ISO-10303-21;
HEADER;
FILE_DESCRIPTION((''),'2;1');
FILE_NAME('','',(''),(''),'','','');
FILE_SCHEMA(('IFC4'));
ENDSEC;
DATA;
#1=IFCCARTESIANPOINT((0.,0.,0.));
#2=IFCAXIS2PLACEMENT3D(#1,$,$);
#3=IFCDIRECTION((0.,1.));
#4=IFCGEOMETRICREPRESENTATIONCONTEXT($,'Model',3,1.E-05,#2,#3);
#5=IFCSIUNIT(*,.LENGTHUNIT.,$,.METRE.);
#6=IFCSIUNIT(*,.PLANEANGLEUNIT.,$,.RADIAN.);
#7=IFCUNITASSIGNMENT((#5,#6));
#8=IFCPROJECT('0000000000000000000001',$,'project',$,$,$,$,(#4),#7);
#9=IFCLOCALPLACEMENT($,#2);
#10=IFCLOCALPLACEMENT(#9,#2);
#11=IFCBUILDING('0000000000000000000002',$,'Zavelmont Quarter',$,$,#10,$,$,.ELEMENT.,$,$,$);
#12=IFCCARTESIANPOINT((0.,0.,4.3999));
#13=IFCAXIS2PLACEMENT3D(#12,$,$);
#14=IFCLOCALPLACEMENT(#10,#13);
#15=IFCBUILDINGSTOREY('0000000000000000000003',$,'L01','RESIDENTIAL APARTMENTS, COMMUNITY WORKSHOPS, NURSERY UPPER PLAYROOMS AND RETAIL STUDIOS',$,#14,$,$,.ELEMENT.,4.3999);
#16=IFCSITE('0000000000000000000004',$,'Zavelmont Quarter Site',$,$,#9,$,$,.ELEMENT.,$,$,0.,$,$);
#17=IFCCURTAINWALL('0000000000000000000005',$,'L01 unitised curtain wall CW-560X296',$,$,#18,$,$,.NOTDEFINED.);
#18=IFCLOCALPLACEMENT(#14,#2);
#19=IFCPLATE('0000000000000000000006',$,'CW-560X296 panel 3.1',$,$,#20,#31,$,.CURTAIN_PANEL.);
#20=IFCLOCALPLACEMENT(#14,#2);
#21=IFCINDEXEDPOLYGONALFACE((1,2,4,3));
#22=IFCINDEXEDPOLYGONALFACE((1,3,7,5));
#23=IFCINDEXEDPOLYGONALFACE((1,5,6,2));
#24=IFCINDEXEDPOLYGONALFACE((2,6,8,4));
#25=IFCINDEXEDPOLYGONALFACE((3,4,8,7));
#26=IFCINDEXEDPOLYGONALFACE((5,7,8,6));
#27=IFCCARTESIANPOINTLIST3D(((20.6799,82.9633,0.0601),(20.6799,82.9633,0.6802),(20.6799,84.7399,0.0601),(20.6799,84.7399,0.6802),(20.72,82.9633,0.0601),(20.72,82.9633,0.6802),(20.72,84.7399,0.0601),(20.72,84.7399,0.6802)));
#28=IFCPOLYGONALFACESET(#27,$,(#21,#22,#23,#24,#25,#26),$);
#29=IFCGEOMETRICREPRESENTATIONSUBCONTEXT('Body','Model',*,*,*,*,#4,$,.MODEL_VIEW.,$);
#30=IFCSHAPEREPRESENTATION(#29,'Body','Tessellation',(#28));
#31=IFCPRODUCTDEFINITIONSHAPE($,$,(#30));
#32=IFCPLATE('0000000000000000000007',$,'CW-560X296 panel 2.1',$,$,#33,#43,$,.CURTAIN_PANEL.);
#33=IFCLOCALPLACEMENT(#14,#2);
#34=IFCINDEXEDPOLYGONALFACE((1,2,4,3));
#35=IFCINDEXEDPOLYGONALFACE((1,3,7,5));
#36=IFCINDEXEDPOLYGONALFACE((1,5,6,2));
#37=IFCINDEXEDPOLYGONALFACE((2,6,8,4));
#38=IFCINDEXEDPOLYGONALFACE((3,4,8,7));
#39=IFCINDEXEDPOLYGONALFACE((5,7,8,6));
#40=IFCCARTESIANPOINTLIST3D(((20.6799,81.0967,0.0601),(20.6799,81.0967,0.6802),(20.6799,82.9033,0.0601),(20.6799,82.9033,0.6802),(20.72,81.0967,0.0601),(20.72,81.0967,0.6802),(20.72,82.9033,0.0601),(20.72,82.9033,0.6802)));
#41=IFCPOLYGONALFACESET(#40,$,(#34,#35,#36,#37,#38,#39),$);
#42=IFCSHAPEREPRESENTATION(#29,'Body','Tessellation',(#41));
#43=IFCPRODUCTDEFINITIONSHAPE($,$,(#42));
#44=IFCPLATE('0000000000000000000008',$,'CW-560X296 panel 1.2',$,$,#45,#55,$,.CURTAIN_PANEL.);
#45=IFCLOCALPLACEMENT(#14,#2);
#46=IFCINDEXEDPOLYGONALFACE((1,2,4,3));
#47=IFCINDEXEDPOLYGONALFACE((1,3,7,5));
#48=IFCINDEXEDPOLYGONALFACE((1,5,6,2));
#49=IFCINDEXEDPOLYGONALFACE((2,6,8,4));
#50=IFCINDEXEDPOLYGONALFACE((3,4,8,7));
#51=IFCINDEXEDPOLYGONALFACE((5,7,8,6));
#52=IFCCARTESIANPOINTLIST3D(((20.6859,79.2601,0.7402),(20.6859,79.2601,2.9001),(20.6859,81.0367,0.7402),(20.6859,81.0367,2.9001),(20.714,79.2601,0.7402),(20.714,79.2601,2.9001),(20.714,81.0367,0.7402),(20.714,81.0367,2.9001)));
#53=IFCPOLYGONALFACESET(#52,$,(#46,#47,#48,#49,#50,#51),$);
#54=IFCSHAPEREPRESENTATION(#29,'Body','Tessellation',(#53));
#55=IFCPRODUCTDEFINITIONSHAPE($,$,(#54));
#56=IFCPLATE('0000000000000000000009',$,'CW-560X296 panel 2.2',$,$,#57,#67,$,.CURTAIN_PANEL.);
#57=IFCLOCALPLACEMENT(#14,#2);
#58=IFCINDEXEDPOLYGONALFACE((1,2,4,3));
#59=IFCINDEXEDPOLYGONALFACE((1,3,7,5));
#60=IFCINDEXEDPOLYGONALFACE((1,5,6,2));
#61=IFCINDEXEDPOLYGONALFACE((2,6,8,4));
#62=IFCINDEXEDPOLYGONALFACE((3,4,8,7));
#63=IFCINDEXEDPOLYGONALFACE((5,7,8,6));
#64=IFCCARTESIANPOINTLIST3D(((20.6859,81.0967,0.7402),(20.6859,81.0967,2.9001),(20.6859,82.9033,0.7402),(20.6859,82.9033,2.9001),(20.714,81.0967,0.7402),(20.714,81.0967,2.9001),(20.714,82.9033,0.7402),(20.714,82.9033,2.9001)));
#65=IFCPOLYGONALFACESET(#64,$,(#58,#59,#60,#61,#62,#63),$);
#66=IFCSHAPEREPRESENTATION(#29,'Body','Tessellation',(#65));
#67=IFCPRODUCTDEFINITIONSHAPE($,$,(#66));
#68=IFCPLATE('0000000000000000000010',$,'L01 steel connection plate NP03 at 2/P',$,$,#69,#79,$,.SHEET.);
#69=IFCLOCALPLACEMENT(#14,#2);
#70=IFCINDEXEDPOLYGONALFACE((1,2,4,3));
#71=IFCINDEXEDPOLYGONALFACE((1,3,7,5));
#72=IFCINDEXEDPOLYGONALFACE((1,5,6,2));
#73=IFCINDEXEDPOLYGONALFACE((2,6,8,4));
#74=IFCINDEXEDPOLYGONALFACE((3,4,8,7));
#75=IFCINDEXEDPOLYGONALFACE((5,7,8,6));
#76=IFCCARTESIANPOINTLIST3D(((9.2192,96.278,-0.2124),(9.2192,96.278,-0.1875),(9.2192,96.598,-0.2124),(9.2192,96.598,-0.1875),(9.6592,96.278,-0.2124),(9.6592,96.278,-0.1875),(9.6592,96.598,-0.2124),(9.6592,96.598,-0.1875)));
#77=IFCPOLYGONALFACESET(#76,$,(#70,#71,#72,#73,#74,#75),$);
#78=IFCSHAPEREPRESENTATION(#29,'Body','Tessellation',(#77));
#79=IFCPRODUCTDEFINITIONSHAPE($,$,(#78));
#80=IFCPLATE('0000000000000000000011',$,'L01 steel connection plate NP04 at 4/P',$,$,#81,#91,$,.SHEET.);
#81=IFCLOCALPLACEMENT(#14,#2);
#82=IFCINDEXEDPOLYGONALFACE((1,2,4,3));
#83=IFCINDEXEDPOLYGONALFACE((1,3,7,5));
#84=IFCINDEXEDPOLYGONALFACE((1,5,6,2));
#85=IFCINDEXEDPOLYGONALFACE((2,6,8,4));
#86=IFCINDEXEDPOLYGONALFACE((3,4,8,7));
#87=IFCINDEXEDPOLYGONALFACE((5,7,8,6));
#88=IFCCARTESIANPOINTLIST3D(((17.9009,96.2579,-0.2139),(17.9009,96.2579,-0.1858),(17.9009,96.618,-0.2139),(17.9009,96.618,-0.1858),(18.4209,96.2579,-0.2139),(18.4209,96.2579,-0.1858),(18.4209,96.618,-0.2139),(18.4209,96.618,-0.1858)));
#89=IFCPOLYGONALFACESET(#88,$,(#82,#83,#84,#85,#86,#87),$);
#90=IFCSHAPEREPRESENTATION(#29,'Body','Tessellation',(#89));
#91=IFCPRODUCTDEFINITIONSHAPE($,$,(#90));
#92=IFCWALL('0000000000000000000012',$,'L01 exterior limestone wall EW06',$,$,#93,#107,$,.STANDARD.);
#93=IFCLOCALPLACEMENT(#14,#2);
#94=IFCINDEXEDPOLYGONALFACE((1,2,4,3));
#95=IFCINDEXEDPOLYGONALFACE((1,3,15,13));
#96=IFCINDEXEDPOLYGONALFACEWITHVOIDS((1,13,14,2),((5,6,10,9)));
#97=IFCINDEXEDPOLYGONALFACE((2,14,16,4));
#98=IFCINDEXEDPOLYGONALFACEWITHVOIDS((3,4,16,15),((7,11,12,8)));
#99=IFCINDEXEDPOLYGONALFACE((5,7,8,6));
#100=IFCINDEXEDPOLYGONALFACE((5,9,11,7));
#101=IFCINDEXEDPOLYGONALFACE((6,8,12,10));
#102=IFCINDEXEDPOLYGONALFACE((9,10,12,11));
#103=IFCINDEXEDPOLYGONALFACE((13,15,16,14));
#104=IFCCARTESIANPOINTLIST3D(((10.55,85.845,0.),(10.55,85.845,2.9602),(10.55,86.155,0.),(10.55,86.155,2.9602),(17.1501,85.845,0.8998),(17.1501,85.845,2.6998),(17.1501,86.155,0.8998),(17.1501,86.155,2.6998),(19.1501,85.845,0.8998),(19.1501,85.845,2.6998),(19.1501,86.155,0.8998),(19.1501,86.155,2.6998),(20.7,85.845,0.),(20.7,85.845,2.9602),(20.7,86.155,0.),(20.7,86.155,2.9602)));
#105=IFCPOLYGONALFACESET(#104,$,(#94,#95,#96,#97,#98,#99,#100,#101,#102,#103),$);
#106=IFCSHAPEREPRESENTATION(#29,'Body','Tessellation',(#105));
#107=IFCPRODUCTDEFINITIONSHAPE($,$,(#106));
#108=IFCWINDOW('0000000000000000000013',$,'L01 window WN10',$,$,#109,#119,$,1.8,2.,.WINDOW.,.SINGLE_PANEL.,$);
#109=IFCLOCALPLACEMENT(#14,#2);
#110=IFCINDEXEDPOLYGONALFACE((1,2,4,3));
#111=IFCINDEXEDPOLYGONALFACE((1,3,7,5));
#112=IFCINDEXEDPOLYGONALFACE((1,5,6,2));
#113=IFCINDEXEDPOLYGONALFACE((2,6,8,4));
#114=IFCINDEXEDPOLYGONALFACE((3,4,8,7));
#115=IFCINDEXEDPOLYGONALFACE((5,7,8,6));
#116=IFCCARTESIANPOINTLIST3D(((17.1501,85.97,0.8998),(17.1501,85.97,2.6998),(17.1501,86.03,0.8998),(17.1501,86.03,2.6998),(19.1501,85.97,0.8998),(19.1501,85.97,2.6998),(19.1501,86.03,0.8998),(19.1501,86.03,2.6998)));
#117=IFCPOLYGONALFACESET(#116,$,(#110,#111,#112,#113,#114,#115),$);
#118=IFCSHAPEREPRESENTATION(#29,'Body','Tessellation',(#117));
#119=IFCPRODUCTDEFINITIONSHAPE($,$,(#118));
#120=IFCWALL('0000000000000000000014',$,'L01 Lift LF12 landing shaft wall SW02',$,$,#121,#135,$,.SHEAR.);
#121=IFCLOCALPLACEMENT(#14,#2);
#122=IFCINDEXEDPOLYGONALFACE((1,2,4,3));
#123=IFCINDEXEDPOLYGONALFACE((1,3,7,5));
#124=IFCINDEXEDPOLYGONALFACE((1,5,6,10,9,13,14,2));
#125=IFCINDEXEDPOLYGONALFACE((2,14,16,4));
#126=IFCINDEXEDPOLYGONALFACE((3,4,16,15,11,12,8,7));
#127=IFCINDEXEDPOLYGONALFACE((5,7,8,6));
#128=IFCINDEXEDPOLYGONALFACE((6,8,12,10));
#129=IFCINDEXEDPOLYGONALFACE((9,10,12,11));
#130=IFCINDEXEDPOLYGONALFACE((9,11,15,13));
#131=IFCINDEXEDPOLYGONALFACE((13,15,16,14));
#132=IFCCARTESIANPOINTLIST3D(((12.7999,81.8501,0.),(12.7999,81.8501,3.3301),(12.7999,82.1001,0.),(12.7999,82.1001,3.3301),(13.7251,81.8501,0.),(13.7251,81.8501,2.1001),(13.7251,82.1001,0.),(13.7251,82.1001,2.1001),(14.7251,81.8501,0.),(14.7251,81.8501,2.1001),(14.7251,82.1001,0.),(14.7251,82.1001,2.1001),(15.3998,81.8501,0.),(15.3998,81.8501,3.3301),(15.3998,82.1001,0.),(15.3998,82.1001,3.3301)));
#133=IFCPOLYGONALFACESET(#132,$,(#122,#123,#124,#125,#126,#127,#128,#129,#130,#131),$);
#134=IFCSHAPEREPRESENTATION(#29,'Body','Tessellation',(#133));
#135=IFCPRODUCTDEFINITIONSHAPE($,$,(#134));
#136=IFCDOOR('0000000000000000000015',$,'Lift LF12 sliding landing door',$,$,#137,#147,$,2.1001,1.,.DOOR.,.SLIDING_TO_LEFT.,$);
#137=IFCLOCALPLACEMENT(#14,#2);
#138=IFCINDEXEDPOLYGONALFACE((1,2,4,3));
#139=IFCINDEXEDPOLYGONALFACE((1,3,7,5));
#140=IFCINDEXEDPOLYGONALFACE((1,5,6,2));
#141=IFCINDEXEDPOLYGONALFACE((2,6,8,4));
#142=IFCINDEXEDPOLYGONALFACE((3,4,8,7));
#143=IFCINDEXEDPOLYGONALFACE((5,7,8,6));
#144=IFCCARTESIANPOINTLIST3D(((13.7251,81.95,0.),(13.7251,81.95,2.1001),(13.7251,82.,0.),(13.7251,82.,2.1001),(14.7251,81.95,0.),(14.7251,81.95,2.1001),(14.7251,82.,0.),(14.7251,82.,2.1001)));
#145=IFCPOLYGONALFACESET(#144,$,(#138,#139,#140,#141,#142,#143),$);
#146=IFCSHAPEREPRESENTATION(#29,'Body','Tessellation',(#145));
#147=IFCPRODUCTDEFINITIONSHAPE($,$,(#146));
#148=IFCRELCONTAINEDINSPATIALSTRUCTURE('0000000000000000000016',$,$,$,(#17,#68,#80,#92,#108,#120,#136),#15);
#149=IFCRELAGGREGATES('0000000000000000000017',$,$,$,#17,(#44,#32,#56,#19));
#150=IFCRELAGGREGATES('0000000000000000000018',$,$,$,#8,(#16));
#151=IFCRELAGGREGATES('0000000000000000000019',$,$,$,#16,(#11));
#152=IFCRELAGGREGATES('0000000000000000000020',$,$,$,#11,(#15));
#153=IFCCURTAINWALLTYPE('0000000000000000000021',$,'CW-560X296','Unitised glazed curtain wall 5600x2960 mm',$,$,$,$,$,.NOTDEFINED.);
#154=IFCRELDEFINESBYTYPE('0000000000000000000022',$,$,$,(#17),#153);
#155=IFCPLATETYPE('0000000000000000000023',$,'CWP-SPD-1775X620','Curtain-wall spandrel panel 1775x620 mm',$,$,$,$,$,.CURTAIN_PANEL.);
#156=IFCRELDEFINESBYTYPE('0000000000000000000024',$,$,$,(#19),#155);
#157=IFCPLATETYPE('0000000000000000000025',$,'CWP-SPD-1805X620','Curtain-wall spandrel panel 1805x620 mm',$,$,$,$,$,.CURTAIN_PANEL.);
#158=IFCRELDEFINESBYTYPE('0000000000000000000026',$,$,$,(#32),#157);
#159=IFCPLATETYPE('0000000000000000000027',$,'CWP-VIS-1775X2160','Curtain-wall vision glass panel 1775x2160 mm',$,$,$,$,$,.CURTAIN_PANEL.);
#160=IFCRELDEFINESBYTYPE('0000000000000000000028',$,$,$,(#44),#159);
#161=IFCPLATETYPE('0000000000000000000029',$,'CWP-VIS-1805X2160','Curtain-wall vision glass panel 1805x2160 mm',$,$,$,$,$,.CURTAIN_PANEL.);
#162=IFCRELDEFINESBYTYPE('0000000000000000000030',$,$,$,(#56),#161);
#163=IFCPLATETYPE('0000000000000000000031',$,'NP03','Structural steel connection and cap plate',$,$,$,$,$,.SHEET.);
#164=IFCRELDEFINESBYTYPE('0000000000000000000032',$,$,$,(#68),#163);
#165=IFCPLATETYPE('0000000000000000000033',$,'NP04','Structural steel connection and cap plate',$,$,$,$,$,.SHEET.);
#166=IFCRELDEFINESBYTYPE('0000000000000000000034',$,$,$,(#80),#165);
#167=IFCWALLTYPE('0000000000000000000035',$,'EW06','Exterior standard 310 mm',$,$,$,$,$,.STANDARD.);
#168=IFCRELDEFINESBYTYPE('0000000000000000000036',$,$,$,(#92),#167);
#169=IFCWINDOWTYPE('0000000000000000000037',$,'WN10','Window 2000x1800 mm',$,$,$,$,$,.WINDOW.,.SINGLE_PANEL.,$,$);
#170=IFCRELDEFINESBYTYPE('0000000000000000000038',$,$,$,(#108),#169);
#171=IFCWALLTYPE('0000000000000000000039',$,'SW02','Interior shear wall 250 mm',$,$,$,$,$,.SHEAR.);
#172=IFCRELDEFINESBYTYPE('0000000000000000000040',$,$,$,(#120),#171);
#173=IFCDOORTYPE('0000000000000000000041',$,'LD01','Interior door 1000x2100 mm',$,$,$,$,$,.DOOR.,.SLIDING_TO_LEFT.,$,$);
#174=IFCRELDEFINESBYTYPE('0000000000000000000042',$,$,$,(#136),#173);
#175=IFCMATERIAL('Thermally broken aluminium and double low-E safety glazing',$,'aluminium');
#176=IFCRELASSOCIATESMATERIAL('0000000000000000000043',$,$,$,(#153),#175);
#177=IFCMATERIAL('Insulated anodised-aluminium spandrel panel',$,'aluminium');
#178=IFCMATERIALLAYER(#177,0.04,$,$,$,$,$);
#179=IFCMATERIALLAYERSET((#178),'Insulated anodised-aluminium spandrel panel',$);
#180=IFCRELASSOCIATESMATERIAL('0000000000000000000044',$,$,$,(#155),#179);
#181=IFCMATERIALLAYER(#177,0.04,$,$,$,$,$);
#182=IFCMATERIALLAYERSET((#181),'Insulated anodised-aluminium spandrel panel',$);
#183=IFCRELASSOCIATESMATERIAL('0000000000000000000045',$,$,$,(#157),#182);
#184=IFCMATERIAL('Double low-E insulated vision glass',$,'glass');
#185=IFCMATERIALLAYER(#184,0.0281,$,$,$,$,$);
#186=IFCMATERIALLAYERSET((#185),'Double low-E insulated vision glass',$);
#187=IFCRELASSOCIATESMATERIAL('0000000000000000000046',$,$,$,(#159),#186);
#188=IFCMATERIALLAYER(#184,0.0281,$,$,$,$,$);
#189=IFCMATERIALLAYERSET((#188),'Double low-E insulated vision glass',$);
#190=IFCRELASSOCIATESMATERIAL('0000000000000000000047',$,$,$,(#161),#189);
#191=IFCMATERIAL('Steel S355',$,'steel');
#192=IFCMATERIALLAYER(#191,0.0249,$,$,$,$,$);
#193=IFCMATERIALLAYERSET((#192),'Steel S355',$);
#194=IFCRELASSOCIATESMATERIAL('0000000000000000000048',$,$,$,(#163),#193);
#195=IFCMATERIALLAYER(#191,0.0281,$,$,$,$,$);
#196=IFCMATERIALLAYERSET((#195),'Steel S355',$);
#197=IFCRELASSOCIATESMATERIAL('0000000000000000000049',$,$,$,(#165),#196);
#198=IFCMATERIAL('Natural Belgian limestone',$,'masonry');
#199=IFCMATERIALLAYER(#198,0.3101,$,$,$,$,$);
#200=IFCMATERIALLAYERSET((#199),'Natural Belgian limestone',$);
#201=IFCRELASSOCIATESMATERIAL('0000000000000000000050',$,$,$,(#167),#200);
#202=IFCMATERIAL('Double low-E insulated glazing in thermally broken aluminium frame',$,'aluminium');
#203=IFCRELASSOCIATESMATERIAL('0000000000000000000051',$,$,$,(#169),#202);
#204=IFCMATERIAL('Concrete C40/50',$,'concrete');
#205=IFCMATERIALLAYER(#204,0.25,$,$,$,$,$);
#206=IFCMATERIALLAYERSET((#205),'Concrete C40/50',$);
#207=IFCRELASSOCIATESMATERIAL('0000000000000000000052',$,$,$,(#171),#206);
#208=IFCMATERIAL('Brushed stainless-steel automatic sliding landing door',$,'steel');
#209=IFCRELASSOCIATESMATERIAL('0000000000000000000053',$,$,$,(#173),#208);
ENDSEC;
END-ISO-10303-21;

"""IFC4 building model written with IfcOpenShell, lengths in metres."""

from ifc_helpers import new_model, si_unit, direction, frame, frame_2d, origin, origin_with_axes, origin_2d, place, context, subcontext, project, spatial, rectangle, extrude, material, layer, layer_set, type_object, element, fill, aggregate, save


model = new_model("IFC4")

# Units and contexts
model_context = context("Model", 3, precision=1e-05, world=origin(), true_north=direction((0.0, 1.0)))
body_context = subcontext(model_context, "Body", "Model", "MODEL_VIEW")
ifc_project = project(units=[si_unit("LENGTHUNIT", "METRE"), si_unit("PLANEANGLEUNIT", "RADIAN")], contexts=[model_context])

# Site, building, storey
site_placement = place(None, origin())
site = spatial("IfcSite", under=ifc_project, at=site_placement, Name="Zavelmont Quarter Site", CompositionType="ELEMENT", RefElevation=0.0)
building_placement = place(site_placement, origin())
building = spatial("IfcBuilding", under=site, at=building_placement, Name="Zavelmont Quarter", CompositionType="ELEMENT")
storey_placement = place(building_placement, frame((0.0, 0.0, 4.3999)))
storey = spatial("IfcBuildingStorey", under=building, at=storey_placement, Name="L01", Description="RESIDENTIAL APARTMENTS, COMMUNITY WORKSHOPS, NURSERY UPPER PLAYROOMS AND RETAIL STUDIOS", CompositionType="ELEMENT", Elevation=4.3999)

# Shared definitions
ifc_material_1 = material(Name="Concrete C40/50", Category="concrete")

# Curtain wall, plates
ifc_material_2 = material(Name="Thermally broken aluminium and double low-E safety glazing", Category="aluminium")
curtain_wall_type = type_object("IfcCurtainWallType", Name="CW-560X296", Description="Unitised glazed curtain wall 5600x2960 mm", PredefinedType="NOTDEFINED", material=ifc_material_2)
curtain_wall_placement = place(storey_placement, origin())
curtain_wall = element("IfcCurtainWall", 1, at=curtain_wall_placement, inside=storey, type_object=curtain_wall_type, Name="L01 unitised curtain wall CW-560X296", PredefinedType="NOTDEFINED")
ifc_material_3 = material(Name="Insulated anodised-aluminium spandrel panel", Category="aluminium")
ifc_layer_1 = layer(ifc_material_3, 0.04)
ifc_layer_set_1 = layer_set([ifc_layer_1], Name="Insulated anodised-aluminium spandrel panel")
plate_type_1 = type_object("IfcPlateType", Name="CWP-SPD-1775X620", Description="Curtain-wall spandrel panel 1775x620 mm", PredefinedType="CURTAIN_PANEL", material=ifc_layer_set_1)
plate_1_placement = place(storey_placement, frame((20.7, 83.8516, 0.0601), z_axis=(0.0, 0.0, 1.0), x_axis=(0.0, 1.0, 0.0)))
plate_1 = element("IfcPlate", 2, at=plate_1_placement, type_object=plate_type_1, Name="CW-560X296 panel 3.1", PredefinedType="CURTAIN_PANEL", context=body_context, shape_type="SweptSolid", body=[
    extrude(rectangle(XDim=1.7766, YDim=0.04, at=origin_2d()), origin(), (0.0, 0.0, 1.0), 0.6201),
])
ifc_layer_2 = layer(ifc_material_3, 0.04)
ifc_layer_set_2 = layer_set([ifc_layer_2], Name="Insulated anodised-aluminium spandrel panel")
plate_type_2 = type_object("IfcPlateType", Name="CWP-SPD-1805X620", Description="Curtain-wall spandrel panel 1805x620 mm", PredefinedType="CURTAIN_PANEL", material=ifc_layer_set_2)
plate_2_placement = place(storey_placement, frame((20.7, 82.0, 0.0601), z_axis=(0.0, 0.0, 1.0), x_axis=(0.0, 1.0, 0.0)))
plate_2 = element("IfcPlate", 3, at=plate_2_placement, type_object=plate_type_2, Name="CW-560X296 panel 2.1", PredefinedType="CURTAIN_PANEL", context=body_context, shape_type="SweptSolid", body=[
    extrude(rectangle(XDim=1.8066, YDim=0.04, at=origin_2d()), origin(), (0.0, 0.0, 1.0), 0.6201),
])
ifc_material_4 = material(Name="Double low-E insulated vision glass", Category="glass")
ifc_layer_3 = layer(ifc_material_4, 0.0281)
ifc_layer_set_3 = layer_set([ifc_layer_3], Name="Double low-E insulated vision glass")
plate_type_3 = type_object("IfcPlateType", Name="CWP-VIS-1775X2160", Description="Curtain-wall vision glass panel 1775x2160 mm", PredefinedType="CURTAIN_PANEL", material=ifc_layer_set_3)
plate_3_placement = place(storey_placement, frame((20.7, 80.1484, 0.7402), z_axis=(0.0, 0.0, 1.0), x_axis=(0.0, 1.0, 0.0)))
plate_3 = element("IfcPlate", 4, at=plate_3_placement, type_object=plate_type_3, Name="CW-560X296 panel 1.2", PredefinedType="CURTAIN_PANEL", context=body_context, shape_type="SweptSolid", body=[
    extrude(rectangle(XDim=1.7766, YDim=0.0281, at=origin_2d()), origin(), (0.0, 0.0, 1.0), 2.1599),
])
ifc_layer_4 = layer(ifc_material_4, 0.0281)
ifc_layer_set_4 = layer_set([ifc_layer_4], Name="Double low-E insulated vision glass")
plate_type_4 = type_object("IfcPlateType", Name="CWP-VIS-1805X2160", Description="Curtain-wall vision glass panel 1805x2160 mm", PredefinedType="CURTAIN_PANEL", material=ifc_layer_set_4)
plate_4_placement = place(storey_placement, frame((20.7, 82.0, 0.7402), z_axis=(0.0, 0.0, 1.0), x_axis=(0.0, 1.0, 0.0)))
plate_4 = element("IfcPlate", 5, at=plate_4_placement, type_object=plate_type_4, Name="CW-560X296 panel 2.2", PredefinedType="CURTAIN_PANEL", context=body_context, shape_type="SweptSolid", body=[
    extrude(rectangle(XDim=1.8066, YDim=0.0281, at=origin_2d()), origin(), (0.0, 0.0, 1.0), 2.1599),
])
aggregate(curtain_wall, [plate_3, plate_2, plate_4, plate_1])

# Plates
ifc_material_5 = material(Name="Steel S355", Category="steel")
ifc_layer_5 = layer(ifc_material_5, 0.0249)
ifc_layer_set_5 = layer_set([ifc_layer_5], Name="Steel S355")
plate_type_5 = type_object("IfcPlateType", Name="NP03", Description="Structural steel connection and cap plate", PredefinedType="SHEET", material=ifc_layer_set_5)
plate_5_placement = place(storey_placement, frame((9.4392, 96.438, -0.2124), z_axis=(0.0, 0.0, 1.0), x_axis=(1.0, 0.0, 0.0)))
element("IfcPlate", 6, at=plate_5_placement, inside=storey, type_object=plate_type_5, Name="L01 steel connection plate NP03 at 2/P", PredefinedType="SHEET", context=body_context, shape_type="SweptSolid", body=[
    extrude(rectangle(XDim=0.4399, YDim=0.3201, at=origin_2d()), origin(), (0.0, 0.0, 1.0), 0.0249),
])
ifc_layer_6 = layer(ifc_material_5, 0.0281)
ifc_layer_set_6 = layer_set([ifc_layer_6], Name="Steel S355")
plate_type_6 = type_object("IfcPlateType", Name="NP04", Description="Structural steel connection and cap plate", PredefinedType="SHEET", material=ifc_layer_set_6)
plate_6_placement = place(storey_placement, frame((18.1609, 96.438, -0.2139), z_axis=(0.0, 0.0, 1.0), x_axis=(1.0, 0.0, 0.0)))
element("IfcPlate", 7, at=plate_6_placement, inside=storey, type_object=plate_type_6, Name="L01 steel connection plate NP04 at 4/P", PredefinedType="SHEET", context=body_context, shape_type="SweptSolid", body=[
    extrude(rectangle(XDim=0.52, YDim=0.3601, at=origin_2d()), origin(), (0.0, 0.0, 1.0), 0.0281),
])

# Wall, opening, window
ifc_material_6 = material(Name="Natural Belgian limestone", Category="masonry")
ifc_layer_7 = layer(ifc_material_6, 0.3101)
ifc_layer_set_7 = layer_set([ifc_layer_7], Name="Natural Belgian limestone")
wall_type_1 = type_object("IfcWallType", Name="EW06", Description="Exterior standard 310 mm", PredefinedType="STANDARD", material=ifc_layer_set_7)
wall_1_placement = place(storey_placement, frame((10.55, 86.0, 0.0), z_axis=(0.0, 0.0, 1.0), x_axis=(1.0, 0.0, 0.0)))
wall_1 = element("IfcWall", 8, at=wall_1_placement, inside=storey, type_object=wall_type_1, Name="L01 exterior limestone wall EW06", PredefinedType="STANDARD", context=body_context, shape_type="SweptSolid", body=[
    extrude(rectangle(XDim=10.1499, YDim=0.3101, at=frame_2d((5.075, 0.0))), origin(), (0.0, 0.0, 1.0), 2.9602),
])
opening_1_placement = place(wall_1_placement, frame((6.6001, 0.0, 0.8999)))
opening_1 = element("IfcOpeningElement", 9, at=opening_1_placement, cuts=wall_1, PredefinedType="OPENING", context=body_context, shape_type="SweptSolid", body=[
    extrude(rectangle(XDim=2.0, YDim=1.8, at=frame_2d((1.0, 0.8999))), frame((0.0, 0.167, 0.0), z_axis=(0.0, -1.0, 0.0), x_axis=(1.0, 0.0, 0.0)), (0.0, 0.0, 1.0), 0.334),
])
ifc_material_7 = material(Name="Double low-E insulated glazing in thermally broken aluminium frame", Category="aluminium")
window_type = type_object("IfcWindowType", Name="WN10", Description="Window 2000x1800 mm", PartitioningType="SINGLE_PANEL", PredefinedType="WINDOW", material=ifc_material_7)
window_placement = place(opening_1_placement, origin_with_axes())
window = element("IfcWindow", 10, at=window_placement, inside=storey, type_object=window_type, Name="L01 window WN10", OverallHeight=1.8, OverallWidth=2.0, PartitioningType="SINGLE_PANEL", PredefinedType="WINDOW", context=body_context, shape_type="SweptSolid", body=[
    extrude(rectangle(XDim=2.0, YDim=1.8, at=frame_2d((1.0, 0.8999))), frame((0.0, 0.03, 0.0), z_axis=(0.0, -1.0, 0.0), x_axis=(1.0, 0.0, 0.0)), (0.0, 0.0, 1.0), 0.0601),
])
fill(opening_1, window)

# Wall, opening, door
ifc_layer_8 = layer(ifc_material_1, 0.25)
ifc_layer_set_8 = layer_set([ifc_layer_8], Name="Concrete C40/50")
wall_type_2 = type_object("IfcWallType", Name="SW02", Description="Interior shear wall 250 mm", PredefinedType="SHEAR", material=ifc_layer_set_8)
wall_2_placement = place(storey_placement, frame((12.8, 81.9751, 0.0), z_axis=(0.0, 0.0, 1.0), x_axis=(1.0, 0.0, 0.0)))
wall_2 = element("IfcWall", 11, at=wall_2_placement, inside=storey, type_object=wall_type_2, Name="L01 Lift LF12 landing shaft wall SW02", PredefinedType="SHEAR", context=body_context, shape_type="SweptSolid", body=[
    extrude(rectangle(XDim=2.5999, YDim=0.25, at=frame_2d((1.2998, 0.0))), origin(), (0.0, 0.0, 1.0), 3.3301),
])
opening_2_placement = place(wall_2_placement, frame((0.925, 0.0, 0.0)))
opening_2 = element("IfcOpeningElement", 12, at=opening_2_placement, cuts=wall_2, PredefinedType="OPENING", context=body_context, shape_type="SweptSolid", body=[
    extrude(rectangle(XDim=1.0, YDim=2.1001, at=frame_2d((0.5, 1.05))), frame((0.0, 0.137, 0.0), z_axis=(0.0, -1.0, 0.0), x_axis=(1.0, 0.0, 0.0)), (0.0, 0.0, 1.0), 0.2739),
])
ifc_material_8 = material(Name="Brushed stainless-steel automatic sliding landing door", Category="steel")
door_type_1 = type_object("IfcDoorType", Name="LD01", Description="Interior door 1000x2100 mm", OperationType="SLIDING_TO_LEFT", PredefinedType="DOOR", material=ifc_material_8)
door_1_placement = place(opening_2_placement, origin_with_axes())
door_1 = element("IfcDoor", 13, at=door_1_placement, inside=storey, type_object=door_type_1, Name="Lift LF12 sliding landing door", OperationType="SLIDING_TO_LEFT", OverallHeight=2.1001, OverallWidth=1.0, PredefinedType="DOOR", context=body_context, shape_type="SweptSolid", body=[
    extrude(rectangle(XDim=1.0, YDim=2.1001, at=frame_2d((0.5, 1.05))), frame((0.0, 0.0249, 0.0), z_axis=(0.0, -1.0, 0.0), x_axis=(1.0, 0.0, 0.0)), (0.0, 0.0, 1.0), 0.05),
])
fill(opening_2, door_1)

save(model, "model.ifc")
